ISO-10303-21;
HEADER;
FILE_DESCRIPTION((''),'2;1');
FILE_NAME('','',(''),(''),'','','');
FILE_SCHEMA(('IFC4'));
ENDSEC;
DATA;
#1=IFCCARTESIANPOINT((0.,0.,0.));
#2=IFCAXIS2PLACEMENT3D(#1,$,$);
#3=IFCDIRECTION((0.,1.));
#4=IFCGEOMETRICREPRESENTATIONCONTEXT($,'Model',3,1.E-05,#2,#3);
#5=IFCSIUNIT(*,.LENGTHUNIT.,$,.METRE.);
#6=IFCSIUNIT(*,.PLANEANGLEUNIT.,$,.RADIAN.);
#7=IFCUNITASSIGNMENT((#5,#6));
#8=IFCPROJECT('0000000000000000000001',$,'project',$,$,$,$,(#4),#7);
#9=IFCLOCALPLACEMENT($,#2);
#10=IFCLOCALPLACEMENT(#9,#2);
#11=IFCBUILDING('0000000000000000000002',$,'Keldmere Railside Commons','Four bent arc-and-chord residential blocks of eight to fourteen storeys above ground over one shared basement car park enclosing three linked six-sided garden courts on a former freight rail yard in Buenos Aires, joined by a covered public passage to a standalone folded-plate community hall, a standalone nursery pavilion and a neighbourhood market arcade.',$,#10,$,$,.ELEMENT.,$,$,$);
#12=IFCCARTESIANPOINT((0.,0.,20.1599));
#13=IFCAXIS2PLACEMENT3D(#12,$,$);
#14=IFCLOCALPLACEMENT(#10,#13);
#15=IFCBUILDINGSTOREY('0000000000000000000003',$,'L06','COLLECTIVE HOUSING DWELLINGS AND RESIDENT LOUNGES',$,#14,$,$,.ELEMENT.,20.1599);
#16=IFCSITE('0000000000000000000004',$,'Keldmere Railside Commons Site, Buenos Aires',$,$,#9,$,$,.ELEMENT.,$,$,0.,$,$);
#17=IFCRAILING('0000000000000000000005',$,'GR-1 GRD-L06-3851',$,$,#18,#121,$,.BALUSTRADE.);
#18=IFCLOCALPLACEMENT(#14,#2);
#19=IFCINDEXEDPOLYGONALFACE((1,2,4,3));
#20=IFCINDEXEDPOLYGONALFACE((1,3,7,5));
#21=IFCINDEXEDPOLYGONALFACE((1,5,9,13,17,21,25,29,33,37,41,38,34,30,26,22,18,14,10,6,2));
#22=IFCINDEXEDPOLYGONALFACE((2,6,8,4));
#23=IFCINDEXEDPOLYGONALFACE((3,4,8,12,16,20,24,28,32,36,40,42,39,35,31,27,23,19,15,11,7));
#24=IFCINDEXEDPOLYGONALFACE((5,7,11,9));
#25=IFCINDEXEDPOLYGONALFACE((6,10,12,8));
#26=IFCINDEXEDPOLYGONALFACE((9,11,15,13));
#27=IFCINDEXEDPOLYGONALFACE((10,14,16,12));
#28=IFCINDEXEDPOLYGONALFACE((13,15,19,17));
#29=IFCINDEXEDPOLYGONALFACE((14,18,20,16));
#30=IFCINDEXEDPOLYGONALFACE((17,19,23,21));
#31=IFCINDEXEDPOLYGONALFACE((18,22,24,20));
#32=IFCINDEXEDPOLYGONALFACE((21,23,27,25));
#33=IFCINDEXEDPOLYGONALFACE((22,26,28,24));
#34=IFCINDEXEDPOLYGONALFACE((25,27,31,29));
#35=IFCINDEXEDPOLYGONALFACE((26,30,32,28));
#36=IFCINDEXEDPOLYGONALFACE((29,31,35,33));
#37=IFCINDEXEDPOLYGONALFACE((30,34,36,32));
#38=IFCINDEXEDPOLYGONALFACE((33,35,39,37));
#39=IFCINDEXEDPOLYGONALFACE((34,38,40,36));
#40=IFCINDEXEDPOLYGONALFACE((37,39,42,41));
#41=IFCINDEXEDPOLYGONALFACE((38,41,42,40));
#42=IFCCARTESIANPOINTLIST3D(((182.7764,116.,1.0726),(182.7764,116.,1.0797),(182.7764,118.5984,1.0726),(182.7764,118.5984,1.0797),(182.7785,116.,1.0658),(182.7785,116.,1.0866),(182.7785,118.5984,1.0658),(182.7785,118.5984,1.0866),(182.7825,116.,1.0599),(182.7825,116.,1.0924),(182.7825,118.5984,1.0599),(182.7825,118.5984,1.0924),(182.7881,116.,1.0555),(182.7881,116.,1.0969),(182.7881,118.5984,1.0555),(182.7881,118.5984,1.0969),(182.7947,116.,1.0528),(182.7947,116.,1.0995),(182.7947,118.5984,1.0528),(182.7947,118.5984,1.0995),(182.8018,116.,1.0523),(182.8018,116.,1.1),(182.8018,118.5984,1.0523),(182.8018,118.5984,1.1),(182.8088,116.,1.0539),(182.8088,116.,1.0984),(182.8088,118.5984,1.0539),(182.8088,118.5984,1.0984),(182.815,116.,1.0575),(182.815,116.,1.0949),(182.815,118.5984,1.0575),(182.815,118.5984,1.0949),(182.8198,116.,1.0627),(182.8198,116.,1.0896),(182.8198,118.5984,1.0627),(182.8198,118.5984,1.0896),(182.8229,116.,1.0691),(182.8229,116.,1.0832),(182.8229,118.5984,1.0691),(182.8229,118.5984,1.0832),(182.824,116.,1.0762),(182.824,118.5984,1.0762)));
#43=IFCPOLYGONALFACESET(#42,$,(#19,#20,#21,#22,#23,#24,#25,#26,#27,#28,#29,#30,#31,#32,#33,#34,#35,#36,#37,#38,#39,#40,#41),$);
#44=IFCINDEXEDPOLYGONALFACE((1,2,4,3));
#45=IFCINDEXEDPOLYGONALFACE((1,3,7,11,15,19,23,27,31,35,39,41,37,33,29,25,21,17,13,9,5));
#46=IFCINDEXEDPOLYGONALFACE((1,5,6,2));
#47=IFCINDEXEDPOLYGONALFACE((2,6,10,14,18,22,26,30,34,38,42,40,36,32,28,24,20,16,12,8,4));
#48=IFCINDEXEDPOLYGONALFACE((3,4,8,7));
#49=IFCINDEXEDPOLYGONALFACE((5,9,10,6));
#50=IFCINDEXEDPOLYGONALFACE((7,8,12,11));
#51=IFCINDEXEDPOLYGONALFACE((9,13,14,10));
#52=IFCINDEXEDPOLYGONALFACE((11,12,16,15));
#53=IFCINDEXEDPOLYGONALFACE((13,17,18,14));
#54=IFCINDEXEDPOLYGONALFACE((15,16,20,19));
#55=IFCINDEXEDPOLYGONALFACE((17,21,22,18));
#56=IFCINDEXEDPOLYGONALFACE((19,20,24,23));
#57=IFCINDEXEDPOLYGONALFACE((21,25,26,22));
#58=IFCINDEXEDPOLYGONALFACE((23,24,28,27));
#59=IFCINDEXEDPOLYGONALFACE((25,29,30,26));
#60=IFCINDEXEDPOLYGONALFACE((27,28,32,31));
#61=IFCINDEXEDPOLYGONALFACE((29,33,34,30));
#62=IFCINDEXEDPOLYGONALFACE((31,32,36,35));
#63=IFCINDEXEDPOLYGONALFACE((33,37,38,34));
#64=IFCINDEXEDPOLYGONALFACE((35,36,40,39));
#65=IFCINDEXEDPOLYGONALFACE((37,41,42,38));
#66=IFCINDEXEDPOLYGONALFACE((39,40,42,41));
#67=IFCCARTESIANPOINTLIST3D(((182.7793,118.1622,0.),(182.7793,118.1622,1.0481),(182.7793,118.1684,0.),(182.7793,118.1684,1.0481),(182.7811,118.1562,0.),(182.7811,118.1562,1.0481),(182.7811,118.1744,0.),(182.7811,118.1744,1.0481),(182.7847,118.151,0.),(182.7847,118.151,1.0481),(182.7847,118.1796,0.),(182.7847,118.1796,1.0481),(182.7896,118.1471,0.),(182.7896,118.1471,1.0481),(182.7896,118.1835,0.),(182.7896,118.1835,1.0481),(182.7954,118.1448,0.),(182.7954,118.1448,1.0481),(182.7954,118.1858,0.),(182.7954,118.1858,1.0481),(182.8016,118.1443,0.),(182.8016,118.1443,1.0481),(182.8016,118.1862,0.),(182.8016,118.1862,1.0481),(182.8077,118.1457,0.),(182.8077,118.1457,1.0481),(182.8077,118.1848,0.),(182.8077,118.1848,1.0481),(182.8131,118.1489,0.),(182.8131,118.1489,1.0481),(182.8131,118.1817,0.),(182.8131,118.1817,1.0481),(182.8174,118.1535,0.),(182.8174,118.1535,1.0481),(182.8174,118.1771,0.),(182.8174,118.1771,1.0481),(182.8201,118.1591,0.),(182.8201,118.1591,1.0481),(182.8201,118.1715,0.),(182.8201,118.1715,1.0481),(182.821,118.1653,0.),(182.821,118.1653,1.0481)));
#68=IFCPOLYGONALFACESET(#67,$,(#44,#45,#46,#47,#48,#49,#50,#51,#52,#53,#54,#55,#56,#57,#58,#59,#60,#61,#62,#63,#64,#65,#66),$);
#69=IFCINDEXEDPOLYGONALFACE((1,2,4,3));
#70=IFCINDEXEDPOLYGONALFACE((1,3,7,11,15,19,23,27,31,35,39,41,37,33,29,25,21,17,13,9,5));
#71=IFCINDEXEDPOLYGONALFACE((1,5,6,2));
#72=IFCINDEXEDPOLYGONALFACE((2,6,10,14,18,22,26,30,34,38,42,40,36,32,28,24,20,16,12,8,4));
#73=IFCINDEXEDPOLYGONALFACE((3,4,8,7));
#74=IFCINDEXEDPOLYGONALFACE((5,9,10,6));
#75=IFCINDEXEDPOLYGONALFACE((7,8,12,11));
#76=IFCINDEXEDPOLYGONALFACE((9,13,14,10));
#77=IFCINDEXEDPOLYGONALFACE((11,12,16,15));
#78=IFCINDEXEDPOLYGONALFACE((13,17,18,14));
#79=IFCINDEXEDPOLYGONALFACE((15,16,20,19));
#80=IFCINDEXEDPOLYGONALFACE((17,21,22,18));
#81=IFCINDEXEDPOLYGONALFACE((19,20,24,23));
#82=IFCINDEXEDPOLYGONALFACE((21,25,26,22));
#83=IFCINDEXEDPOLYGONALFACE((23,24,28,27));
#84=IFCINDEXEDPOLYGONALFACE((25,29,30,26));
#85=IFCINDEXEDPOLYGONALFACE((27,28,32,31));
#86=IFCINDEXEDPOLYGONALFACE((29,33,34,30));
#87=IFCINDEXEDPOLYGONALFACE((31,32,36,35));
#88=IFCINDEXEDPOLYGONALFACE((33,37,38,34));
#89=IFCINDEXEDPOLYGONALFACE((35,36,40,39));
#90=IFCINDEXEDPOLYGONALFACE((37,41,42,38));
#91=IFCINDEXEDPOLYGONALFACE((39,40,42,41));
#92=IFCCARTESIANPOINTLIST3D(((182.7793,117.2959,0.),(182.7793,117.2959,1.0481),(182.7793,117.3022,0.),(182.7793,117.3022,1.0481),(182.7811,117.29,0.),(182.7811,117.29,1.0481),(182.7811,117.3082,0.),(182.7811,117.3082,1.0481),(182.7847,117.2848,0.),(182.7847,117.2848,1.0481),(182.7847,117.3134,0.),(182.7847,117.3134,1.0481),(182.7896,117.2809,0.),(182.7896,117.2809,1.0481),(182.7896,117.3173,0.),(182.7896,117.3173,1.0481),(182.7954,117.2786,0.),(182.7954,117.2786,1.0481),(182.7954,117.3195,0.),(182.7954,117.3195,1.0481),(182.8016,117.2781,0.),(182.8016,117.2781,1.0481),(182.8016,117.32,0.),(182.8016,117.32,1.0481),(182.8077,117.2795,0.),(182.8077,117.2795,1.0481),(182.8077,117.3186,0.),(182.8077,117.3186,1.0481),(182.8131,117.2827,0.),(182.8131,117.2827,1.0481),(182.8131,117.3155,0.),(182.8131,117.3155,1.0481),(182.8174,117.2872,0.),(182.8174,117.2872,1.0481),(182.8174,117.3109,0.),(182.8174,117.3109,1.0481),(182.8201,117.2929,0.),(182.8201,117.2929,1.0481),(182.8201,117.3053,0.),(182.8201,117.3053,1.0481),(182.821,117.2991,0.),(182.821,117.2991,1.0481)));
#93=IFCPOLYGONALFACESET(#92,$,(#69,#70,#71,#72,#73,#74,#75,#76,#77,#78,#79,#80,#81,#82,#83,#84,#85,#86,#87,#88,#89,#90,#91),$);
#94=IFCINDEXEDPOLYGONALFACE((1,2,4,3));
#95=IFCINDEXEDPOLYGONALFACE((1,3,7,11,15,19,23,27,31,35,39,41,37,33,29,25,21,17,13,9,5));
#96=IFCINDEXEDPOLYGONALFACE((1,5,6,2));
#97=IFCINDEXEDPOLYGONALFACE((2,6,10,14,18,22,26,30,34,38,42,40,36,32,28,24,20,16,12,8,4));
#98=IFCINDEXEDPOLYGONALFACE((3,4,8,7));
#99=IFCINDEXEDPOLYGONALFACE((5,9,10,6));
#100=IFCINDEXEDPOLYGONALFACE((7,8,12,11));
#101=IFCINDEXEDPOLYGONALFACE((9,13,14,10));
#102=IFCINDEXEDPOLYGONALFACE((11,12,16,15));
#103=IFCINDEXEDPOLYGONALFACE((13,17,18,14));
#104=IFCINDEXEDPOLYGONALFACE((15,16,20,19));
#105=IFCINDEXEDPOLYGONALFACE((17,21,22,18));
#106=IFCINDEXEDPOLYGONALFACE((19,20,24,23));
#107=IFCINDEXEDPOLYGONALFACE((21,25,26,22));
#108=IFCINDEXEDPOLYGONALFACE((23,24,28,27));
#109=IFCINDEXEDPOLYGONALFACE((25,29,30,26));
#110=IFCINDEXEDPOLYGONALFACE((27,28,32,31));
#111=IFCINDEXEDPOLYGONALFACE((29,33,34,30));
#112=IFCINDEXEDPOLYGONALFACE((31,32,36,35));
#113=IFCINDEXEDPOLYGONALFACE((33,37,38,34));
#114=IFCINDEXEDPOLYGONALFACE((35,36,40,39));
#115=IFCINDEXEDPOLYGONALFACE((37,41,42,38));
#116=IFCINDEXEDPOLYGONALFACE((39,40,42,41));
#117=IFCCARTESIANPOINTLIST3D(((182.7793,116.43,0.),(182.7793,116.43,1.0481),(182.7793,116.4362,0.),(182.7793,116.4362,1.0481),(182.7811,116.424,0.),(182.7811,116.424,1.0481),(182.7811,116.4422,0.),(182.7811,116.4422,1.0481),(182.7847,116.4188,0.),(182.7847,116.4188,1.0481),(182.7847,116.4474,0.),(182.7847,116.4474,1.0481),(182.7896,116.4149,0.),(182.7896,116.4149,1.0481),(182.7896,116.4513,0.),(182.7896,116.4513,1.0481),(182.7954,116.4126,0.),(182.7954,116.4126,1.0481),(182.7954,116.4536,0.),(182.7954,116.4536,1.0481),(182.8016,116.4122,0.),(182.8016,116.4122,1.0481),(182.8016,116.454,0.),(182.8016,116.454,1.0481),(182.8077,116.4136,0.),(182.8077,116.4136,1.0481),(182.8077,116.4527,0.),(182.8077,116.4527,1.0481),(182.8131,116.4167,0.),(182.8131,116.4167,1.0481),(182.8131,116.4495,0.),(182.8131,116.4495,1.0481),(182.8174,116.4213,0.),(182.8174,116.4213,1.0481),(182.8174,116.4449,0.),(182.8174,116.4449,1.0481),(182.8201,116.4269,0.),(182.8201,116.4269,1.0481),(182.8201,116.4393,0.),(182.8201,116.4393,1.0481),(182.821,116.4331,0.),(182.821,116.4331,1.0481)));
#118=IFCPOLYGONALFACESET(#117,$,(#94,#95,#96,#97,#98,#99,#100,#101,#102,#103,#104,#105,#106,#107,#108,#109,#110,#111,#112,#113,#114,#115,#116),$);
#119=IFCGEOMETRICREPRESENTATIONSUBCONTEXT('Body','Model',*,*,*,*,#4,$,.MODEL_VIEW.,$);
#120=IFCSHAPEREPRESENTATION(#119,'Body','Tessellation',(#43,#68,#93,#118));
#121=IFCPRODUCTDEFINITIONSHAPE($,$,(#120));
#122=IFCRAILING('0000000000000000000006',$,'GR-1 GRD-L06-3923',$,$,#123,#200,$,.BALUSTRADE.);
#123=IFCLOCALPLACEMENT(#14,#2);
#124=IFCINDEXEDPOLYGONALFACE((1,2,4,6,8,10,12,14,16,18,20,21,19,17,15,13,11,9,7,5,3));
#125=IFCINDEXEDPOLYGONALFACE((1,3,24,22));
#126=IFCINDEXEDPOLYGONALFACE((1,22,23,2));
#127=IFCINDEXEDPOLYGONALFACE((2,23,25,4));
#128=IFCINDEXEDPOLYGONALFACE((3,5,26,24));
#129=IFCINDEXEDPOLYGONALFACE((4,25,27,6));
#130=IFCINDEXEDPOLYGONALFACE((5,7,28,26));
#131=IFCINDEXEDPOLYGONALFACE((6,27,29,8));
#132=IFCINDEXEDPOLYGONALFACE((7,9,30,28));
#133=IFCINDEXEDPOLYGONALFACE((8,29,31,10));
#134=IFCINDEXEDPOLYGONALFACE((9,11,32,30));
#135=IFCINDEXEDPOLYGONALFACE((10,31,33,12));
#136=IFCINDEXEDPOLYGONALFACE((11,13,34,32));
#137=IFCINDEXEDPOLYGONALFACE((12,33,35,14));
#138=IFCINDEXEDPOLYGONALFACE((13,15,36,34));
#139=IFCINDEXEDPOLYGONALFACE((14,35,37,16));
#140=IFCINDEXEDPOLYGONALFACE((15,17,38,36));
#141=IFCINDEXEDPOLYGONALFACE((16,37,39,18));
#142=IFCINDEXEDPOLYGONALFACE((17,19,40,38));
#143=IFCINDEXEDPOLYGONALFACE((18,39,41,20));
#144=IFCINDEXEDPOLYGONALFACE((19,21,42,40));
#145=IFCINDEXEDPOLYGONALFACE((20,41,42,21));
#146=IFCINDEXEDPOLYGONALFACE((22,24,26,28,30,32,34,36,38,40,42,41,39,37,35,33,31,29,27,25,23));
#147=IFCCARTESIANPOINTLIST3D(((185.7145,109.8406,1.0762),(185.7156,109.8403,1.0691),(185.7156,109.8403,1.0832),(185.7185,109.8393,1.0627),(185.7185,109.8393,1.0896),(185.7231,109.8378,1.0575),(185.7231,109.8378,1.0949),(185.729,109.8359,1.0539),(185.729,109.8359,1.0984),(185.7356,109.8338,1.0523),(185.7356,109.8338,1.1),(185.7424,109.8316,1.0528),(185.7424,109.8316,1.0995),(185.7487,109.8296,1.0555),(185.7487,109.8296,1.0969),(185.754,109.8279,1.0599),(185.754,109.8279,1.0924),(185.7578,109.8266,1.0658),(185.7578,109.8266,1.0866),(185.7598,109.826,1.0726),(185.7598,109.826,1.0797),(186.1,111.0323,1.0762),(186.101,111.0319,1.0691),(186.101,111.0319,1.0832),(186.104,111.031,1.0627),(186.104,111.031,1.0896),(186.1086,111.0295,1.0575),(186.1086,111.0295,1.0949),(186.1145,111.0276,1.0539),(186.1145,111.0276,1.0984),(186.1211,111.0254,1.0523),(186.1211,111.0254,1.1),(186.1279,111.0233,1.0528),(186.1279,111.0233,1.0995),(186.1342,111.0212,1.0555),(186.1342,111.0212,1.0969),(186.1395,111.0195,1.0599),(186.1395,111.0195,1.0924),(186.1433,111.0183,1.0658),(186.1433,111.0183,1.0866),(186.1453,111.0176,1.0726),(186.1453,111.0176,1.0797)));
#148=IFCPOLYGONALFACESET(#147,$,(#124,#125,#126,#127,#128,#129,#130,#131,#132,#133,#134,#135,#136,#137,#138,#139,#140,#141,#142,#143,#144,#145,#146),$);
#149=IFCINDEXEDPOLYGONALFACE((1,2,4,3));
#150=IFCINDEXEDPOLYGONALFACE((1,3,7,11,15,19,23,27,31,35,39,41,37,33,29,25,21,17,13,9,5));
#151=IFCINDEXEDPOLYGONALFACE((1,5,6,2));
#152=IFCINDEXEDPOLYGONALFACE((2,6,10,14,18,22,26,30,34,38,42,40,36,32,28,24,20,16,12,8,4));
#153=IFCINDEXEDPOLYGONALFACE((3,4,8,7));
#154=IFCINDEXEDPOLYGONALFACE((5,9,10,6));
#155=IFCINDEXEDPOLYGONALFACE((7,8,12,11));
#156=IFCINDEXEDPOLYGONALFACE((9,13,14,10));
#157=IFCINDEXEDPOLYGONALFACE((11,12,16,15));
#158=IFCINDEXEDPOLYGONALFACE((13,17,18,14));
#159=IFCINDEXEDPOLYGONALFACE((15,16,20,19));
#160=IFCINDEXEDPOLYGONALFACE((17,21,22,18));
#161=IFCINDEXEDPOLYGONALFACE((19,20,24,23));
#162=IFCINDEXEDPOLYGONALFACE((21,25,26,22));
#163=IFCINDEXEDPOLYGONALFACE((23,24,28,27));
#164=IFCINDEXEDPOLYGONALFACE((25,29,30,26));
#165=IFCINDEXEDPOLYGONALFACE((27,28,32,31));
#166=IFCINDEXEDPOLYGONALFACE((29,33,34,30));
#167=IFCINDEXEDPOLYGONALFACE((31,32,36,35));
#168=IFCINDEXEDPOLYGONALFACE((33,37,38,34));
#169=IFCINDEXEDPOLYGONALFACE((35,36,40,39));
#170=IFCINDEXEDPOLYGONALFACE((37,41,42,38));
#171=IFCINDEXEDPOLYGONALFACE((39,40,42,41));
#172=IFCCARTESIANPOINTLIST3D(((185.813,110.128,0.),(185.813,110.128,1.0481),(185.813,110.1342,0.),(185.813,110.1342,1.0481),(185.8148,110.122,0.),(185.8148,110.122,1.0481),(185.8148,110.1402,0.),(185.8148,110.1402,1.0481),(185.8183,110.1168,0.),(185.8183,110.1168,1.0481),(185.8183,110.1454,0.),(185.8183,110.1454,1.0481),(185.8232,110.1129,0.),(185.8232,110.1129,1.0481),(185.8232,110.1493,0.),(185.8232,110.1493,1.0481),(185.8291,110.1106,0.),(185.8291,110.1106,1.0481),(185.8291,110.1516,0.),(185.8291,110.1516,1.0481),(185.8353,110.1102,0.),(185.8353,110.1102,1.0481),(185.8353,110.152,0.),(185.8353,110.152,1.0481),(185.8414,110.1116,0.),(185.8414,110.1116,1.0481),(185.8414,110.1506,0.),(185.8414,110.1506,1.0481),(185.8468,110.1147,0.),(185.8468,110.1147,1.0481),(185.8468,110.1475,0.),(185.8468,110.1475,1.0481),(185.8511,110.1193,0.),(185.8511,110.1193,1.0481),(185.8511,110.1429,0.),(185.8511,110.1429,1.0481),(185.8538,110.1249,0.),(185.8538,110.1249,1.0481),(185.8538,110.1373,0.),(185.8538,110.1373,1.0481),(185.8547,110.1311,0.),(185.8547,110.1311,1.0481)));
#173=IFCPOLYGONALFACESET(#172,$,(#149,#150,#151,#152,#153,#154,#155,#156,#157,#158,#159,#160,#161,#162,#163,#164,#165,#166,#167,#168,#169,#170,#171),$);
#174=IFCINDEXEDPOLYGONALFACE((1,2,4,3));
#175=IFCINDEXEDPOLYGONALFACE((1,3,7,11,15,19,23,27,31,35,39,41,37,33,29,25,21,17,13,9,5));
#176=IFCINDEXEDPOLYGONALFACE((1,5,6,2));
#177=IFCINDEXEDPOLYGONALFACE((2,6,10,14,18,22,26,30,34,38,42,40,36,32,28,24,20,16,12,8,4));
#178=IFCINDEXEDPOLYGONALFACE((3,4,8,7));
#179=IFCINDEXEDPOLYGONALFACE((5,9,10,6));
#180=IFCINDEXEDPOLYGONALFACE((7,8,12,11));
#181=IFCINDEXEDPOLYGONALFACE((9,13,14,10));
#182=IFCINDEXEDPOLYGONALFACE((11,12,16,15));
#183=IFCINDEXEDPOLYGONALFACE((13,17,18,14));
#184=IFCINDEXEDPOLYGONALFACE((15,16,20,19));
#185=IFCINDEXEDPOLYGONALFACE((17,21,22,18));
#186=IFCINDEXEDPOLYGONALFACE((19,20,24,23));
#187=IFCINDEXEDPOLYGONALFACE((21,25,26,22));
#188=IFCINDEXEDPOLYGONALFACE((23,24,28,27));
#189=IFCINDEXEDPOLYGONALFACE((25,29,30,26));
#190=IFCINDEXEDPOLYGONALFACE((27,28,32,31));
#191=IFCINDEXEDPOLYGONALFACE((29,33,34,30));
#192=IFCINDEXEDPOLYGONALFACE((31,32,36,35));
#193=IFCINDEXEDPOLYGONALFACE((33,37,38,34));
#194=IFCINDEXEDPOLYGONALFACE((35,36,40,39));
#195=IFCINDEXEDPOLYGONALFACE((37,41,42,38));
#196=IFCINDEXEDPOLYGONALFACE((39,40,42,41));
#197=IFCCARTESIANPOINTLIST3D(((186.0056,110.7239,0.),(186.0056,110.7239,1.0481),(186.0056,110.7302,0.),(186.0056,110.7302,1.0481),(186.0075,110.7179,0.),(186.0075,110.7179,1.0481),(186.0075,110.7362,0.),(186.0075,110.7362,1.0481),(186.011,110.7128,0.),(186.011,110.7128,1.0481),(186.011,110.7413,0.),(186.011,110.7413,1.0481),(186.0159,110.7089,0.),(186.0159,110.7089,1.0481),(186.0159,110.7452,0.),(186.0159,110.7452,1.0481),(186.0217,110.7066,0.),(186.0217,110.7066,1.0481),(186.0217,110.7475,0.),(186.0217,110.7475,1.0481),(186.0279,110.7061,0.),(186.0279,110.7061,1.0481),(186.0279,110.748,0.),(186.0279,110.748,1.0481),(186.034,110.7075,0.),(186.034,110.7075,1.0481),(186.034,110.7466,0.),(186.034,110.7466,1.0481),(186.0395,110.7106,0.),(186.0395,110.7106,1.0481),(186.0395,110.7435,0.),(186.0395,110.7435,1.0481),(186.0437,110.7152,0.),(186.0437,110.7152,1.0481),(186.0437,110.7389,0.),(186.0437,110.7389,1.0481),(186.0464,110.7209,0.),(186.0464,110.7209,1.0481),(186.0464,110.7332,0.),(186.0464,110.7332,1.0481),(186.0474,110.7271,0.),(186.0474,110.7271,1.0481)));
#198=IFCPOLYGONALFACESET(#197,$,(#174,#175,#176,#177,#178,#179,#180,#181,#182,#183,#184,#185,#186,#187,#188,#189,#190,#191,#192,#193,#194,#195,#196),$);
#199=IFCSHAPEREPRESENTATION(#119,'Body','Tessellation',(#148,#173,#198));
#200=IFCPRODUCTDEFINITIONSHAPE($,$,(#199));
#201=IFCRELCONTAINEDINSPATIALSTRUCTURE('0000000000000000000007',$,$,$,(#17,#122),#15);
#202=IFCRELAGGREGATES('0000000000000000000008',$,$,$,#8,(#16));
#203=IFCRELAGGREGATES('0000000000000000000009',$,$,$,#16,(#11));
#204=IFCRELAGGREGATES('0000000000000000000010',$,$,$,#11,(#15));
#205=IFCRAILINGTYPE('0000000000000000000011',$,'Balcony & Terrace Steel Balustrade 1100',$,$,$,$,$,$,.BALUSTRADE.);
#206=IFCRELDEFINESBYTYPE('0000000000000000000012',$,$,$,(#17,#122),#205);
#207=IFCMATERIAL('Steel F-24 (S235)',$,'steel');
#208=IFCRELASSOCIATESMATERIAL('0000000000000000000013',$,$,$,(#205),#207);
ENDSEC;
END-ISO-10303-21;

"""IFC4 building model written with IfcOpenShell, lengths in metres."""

from ifc_helpers import new_model, si_unit, direction, frame, origin, origin_2d, place, context, subcontext, project, spatial, circle, extrude, material, type_object, element, save


model = new_model("IFC4")

# Units and contexts
model_context = context("Model", 3, precision=1e-05, world=origin(), true_north=direction((0.0, 1.0)))
body_context = subcontext(model_context, "Body", "Model", "MODEL_VIEW")
ifc_project = project(units=[si_unit("LENGTHUNIT", "METRE"), si_unit("PLANEANGLEUNIT", "RADIAN")], contexts=[model_context])

# Site, building, storey
site_placement = place(None, origin())
site = spatial("IfcSite", under=ifc_project, at=site_placement, Name="Keldmere Railside Commons Site, Buenos Aires", CompositionType="ELEMENT", RefElevation=0.0)
building_placement = place(site_placement, origin())
building = spatial("IfcBuilding", under=site, at=building_placement, Name="Keldmere Railside Commons", Description="Four bent arc-and-chord residential blocks of eight to fourteen storeys above ground over one shared basement car park enclosing three linked six-sided garden courts on a former freight rail yard in Buenos Aires, joined by a covered public passage to a standalone folded-plate community hall, a standalone nursery pavilion and a neighbourhood market arcade.", CompositionType="ELEMENT")
storey_placement = place(building_placement, frame((0.0, 0.0, 20.1599)))
storey = spatial("IfcBuildingStorey", under=building, at=storey_placement, Name="L06", Description="COLLECTIVE HOUSING DWELLINGS AND RESIDENT LOUNGES", CompositionType="ELEMENT", Elevation=20.1599)

# Railings
ifc_material_1 = material(Name="Steel F-24 (S235)", Category="steel")
railing_type = type_object("IfcRailingType", Name="Balcony & Terrace Steel Balustrade 1100", PredefinedType="BALUSTRADE", material=ifc_material_1)
railing_1_placement = place(storey_placement, frame((182.8, 118.5984, 0.0)))
element("IfcRailing", 1, at=railing_1_placement, inside=storey, type_object=railing_type, Name="GR-1 GRD-L06-3851", PredefinedType="BALUSTRADE", context=body_context, shape_type="SweptSolid", body=[
    extrude(circle(Radius=0.0239, at=origin_2d()), frame((0.0, 0.0, 1.0762), z_axis=(0.0, -1.0, 0.0), x_axis=(1.0, 0.0, 0.0)), (0.0, 0.0, 1.0), 2.5984),
    extrude(circle(Radius=0.021, at=origin_2d()), frame((0.0, -0.4331, 0.0)), (0.0, 0.0, 1.0), 1.0481),
    extrude(circle(Radius=0.021, at=origin_2d()), frame((0.0, -1.2993, 0.0)), (0.0, 0.0, 1.0), 1.0481),
    extrude(circle(Radius=0.021, at=origin_2d()), frame((0.0, -2.1653, 0.0)), (0.0, 0.0, 1.0), 1.0481),
])
railing_2_placement = place(storey_placement, frame((185.7373, 109.8333, 0.0)))
element("IfcRailing", 2, at=railing_2_placement, inside=storey, type_object=railing_type, Name="GR-1 GRD-L06-3923", PredefinedType="BALUSTRADE", context=body_context, shape_type="SweptSolid", body=[
    extrude(circle(Radius=0.0239, at=origin_2d()), frame((0.0, 0.0, 1.0762), z_axis=(0.307794, 0.951453, 0.0), x_axis=(-0.951453, 0.307794, 0.0)), (0.0, 0.0, 1.0), 1.2524),
    extrude(circle(Radius=0.021, at=origin_2d()), frame((0.0964, 0.2979, 0.0)), (0.0, 0.0, 1.0), 1.0481),
    extrude(circle(Radius=0.021, at=origin_2d()), frame((0.2891, 0.8938, 0.0)), (0.0, 0.0, 1.0), 1.0481),
])

save(model, "model.ifc")
